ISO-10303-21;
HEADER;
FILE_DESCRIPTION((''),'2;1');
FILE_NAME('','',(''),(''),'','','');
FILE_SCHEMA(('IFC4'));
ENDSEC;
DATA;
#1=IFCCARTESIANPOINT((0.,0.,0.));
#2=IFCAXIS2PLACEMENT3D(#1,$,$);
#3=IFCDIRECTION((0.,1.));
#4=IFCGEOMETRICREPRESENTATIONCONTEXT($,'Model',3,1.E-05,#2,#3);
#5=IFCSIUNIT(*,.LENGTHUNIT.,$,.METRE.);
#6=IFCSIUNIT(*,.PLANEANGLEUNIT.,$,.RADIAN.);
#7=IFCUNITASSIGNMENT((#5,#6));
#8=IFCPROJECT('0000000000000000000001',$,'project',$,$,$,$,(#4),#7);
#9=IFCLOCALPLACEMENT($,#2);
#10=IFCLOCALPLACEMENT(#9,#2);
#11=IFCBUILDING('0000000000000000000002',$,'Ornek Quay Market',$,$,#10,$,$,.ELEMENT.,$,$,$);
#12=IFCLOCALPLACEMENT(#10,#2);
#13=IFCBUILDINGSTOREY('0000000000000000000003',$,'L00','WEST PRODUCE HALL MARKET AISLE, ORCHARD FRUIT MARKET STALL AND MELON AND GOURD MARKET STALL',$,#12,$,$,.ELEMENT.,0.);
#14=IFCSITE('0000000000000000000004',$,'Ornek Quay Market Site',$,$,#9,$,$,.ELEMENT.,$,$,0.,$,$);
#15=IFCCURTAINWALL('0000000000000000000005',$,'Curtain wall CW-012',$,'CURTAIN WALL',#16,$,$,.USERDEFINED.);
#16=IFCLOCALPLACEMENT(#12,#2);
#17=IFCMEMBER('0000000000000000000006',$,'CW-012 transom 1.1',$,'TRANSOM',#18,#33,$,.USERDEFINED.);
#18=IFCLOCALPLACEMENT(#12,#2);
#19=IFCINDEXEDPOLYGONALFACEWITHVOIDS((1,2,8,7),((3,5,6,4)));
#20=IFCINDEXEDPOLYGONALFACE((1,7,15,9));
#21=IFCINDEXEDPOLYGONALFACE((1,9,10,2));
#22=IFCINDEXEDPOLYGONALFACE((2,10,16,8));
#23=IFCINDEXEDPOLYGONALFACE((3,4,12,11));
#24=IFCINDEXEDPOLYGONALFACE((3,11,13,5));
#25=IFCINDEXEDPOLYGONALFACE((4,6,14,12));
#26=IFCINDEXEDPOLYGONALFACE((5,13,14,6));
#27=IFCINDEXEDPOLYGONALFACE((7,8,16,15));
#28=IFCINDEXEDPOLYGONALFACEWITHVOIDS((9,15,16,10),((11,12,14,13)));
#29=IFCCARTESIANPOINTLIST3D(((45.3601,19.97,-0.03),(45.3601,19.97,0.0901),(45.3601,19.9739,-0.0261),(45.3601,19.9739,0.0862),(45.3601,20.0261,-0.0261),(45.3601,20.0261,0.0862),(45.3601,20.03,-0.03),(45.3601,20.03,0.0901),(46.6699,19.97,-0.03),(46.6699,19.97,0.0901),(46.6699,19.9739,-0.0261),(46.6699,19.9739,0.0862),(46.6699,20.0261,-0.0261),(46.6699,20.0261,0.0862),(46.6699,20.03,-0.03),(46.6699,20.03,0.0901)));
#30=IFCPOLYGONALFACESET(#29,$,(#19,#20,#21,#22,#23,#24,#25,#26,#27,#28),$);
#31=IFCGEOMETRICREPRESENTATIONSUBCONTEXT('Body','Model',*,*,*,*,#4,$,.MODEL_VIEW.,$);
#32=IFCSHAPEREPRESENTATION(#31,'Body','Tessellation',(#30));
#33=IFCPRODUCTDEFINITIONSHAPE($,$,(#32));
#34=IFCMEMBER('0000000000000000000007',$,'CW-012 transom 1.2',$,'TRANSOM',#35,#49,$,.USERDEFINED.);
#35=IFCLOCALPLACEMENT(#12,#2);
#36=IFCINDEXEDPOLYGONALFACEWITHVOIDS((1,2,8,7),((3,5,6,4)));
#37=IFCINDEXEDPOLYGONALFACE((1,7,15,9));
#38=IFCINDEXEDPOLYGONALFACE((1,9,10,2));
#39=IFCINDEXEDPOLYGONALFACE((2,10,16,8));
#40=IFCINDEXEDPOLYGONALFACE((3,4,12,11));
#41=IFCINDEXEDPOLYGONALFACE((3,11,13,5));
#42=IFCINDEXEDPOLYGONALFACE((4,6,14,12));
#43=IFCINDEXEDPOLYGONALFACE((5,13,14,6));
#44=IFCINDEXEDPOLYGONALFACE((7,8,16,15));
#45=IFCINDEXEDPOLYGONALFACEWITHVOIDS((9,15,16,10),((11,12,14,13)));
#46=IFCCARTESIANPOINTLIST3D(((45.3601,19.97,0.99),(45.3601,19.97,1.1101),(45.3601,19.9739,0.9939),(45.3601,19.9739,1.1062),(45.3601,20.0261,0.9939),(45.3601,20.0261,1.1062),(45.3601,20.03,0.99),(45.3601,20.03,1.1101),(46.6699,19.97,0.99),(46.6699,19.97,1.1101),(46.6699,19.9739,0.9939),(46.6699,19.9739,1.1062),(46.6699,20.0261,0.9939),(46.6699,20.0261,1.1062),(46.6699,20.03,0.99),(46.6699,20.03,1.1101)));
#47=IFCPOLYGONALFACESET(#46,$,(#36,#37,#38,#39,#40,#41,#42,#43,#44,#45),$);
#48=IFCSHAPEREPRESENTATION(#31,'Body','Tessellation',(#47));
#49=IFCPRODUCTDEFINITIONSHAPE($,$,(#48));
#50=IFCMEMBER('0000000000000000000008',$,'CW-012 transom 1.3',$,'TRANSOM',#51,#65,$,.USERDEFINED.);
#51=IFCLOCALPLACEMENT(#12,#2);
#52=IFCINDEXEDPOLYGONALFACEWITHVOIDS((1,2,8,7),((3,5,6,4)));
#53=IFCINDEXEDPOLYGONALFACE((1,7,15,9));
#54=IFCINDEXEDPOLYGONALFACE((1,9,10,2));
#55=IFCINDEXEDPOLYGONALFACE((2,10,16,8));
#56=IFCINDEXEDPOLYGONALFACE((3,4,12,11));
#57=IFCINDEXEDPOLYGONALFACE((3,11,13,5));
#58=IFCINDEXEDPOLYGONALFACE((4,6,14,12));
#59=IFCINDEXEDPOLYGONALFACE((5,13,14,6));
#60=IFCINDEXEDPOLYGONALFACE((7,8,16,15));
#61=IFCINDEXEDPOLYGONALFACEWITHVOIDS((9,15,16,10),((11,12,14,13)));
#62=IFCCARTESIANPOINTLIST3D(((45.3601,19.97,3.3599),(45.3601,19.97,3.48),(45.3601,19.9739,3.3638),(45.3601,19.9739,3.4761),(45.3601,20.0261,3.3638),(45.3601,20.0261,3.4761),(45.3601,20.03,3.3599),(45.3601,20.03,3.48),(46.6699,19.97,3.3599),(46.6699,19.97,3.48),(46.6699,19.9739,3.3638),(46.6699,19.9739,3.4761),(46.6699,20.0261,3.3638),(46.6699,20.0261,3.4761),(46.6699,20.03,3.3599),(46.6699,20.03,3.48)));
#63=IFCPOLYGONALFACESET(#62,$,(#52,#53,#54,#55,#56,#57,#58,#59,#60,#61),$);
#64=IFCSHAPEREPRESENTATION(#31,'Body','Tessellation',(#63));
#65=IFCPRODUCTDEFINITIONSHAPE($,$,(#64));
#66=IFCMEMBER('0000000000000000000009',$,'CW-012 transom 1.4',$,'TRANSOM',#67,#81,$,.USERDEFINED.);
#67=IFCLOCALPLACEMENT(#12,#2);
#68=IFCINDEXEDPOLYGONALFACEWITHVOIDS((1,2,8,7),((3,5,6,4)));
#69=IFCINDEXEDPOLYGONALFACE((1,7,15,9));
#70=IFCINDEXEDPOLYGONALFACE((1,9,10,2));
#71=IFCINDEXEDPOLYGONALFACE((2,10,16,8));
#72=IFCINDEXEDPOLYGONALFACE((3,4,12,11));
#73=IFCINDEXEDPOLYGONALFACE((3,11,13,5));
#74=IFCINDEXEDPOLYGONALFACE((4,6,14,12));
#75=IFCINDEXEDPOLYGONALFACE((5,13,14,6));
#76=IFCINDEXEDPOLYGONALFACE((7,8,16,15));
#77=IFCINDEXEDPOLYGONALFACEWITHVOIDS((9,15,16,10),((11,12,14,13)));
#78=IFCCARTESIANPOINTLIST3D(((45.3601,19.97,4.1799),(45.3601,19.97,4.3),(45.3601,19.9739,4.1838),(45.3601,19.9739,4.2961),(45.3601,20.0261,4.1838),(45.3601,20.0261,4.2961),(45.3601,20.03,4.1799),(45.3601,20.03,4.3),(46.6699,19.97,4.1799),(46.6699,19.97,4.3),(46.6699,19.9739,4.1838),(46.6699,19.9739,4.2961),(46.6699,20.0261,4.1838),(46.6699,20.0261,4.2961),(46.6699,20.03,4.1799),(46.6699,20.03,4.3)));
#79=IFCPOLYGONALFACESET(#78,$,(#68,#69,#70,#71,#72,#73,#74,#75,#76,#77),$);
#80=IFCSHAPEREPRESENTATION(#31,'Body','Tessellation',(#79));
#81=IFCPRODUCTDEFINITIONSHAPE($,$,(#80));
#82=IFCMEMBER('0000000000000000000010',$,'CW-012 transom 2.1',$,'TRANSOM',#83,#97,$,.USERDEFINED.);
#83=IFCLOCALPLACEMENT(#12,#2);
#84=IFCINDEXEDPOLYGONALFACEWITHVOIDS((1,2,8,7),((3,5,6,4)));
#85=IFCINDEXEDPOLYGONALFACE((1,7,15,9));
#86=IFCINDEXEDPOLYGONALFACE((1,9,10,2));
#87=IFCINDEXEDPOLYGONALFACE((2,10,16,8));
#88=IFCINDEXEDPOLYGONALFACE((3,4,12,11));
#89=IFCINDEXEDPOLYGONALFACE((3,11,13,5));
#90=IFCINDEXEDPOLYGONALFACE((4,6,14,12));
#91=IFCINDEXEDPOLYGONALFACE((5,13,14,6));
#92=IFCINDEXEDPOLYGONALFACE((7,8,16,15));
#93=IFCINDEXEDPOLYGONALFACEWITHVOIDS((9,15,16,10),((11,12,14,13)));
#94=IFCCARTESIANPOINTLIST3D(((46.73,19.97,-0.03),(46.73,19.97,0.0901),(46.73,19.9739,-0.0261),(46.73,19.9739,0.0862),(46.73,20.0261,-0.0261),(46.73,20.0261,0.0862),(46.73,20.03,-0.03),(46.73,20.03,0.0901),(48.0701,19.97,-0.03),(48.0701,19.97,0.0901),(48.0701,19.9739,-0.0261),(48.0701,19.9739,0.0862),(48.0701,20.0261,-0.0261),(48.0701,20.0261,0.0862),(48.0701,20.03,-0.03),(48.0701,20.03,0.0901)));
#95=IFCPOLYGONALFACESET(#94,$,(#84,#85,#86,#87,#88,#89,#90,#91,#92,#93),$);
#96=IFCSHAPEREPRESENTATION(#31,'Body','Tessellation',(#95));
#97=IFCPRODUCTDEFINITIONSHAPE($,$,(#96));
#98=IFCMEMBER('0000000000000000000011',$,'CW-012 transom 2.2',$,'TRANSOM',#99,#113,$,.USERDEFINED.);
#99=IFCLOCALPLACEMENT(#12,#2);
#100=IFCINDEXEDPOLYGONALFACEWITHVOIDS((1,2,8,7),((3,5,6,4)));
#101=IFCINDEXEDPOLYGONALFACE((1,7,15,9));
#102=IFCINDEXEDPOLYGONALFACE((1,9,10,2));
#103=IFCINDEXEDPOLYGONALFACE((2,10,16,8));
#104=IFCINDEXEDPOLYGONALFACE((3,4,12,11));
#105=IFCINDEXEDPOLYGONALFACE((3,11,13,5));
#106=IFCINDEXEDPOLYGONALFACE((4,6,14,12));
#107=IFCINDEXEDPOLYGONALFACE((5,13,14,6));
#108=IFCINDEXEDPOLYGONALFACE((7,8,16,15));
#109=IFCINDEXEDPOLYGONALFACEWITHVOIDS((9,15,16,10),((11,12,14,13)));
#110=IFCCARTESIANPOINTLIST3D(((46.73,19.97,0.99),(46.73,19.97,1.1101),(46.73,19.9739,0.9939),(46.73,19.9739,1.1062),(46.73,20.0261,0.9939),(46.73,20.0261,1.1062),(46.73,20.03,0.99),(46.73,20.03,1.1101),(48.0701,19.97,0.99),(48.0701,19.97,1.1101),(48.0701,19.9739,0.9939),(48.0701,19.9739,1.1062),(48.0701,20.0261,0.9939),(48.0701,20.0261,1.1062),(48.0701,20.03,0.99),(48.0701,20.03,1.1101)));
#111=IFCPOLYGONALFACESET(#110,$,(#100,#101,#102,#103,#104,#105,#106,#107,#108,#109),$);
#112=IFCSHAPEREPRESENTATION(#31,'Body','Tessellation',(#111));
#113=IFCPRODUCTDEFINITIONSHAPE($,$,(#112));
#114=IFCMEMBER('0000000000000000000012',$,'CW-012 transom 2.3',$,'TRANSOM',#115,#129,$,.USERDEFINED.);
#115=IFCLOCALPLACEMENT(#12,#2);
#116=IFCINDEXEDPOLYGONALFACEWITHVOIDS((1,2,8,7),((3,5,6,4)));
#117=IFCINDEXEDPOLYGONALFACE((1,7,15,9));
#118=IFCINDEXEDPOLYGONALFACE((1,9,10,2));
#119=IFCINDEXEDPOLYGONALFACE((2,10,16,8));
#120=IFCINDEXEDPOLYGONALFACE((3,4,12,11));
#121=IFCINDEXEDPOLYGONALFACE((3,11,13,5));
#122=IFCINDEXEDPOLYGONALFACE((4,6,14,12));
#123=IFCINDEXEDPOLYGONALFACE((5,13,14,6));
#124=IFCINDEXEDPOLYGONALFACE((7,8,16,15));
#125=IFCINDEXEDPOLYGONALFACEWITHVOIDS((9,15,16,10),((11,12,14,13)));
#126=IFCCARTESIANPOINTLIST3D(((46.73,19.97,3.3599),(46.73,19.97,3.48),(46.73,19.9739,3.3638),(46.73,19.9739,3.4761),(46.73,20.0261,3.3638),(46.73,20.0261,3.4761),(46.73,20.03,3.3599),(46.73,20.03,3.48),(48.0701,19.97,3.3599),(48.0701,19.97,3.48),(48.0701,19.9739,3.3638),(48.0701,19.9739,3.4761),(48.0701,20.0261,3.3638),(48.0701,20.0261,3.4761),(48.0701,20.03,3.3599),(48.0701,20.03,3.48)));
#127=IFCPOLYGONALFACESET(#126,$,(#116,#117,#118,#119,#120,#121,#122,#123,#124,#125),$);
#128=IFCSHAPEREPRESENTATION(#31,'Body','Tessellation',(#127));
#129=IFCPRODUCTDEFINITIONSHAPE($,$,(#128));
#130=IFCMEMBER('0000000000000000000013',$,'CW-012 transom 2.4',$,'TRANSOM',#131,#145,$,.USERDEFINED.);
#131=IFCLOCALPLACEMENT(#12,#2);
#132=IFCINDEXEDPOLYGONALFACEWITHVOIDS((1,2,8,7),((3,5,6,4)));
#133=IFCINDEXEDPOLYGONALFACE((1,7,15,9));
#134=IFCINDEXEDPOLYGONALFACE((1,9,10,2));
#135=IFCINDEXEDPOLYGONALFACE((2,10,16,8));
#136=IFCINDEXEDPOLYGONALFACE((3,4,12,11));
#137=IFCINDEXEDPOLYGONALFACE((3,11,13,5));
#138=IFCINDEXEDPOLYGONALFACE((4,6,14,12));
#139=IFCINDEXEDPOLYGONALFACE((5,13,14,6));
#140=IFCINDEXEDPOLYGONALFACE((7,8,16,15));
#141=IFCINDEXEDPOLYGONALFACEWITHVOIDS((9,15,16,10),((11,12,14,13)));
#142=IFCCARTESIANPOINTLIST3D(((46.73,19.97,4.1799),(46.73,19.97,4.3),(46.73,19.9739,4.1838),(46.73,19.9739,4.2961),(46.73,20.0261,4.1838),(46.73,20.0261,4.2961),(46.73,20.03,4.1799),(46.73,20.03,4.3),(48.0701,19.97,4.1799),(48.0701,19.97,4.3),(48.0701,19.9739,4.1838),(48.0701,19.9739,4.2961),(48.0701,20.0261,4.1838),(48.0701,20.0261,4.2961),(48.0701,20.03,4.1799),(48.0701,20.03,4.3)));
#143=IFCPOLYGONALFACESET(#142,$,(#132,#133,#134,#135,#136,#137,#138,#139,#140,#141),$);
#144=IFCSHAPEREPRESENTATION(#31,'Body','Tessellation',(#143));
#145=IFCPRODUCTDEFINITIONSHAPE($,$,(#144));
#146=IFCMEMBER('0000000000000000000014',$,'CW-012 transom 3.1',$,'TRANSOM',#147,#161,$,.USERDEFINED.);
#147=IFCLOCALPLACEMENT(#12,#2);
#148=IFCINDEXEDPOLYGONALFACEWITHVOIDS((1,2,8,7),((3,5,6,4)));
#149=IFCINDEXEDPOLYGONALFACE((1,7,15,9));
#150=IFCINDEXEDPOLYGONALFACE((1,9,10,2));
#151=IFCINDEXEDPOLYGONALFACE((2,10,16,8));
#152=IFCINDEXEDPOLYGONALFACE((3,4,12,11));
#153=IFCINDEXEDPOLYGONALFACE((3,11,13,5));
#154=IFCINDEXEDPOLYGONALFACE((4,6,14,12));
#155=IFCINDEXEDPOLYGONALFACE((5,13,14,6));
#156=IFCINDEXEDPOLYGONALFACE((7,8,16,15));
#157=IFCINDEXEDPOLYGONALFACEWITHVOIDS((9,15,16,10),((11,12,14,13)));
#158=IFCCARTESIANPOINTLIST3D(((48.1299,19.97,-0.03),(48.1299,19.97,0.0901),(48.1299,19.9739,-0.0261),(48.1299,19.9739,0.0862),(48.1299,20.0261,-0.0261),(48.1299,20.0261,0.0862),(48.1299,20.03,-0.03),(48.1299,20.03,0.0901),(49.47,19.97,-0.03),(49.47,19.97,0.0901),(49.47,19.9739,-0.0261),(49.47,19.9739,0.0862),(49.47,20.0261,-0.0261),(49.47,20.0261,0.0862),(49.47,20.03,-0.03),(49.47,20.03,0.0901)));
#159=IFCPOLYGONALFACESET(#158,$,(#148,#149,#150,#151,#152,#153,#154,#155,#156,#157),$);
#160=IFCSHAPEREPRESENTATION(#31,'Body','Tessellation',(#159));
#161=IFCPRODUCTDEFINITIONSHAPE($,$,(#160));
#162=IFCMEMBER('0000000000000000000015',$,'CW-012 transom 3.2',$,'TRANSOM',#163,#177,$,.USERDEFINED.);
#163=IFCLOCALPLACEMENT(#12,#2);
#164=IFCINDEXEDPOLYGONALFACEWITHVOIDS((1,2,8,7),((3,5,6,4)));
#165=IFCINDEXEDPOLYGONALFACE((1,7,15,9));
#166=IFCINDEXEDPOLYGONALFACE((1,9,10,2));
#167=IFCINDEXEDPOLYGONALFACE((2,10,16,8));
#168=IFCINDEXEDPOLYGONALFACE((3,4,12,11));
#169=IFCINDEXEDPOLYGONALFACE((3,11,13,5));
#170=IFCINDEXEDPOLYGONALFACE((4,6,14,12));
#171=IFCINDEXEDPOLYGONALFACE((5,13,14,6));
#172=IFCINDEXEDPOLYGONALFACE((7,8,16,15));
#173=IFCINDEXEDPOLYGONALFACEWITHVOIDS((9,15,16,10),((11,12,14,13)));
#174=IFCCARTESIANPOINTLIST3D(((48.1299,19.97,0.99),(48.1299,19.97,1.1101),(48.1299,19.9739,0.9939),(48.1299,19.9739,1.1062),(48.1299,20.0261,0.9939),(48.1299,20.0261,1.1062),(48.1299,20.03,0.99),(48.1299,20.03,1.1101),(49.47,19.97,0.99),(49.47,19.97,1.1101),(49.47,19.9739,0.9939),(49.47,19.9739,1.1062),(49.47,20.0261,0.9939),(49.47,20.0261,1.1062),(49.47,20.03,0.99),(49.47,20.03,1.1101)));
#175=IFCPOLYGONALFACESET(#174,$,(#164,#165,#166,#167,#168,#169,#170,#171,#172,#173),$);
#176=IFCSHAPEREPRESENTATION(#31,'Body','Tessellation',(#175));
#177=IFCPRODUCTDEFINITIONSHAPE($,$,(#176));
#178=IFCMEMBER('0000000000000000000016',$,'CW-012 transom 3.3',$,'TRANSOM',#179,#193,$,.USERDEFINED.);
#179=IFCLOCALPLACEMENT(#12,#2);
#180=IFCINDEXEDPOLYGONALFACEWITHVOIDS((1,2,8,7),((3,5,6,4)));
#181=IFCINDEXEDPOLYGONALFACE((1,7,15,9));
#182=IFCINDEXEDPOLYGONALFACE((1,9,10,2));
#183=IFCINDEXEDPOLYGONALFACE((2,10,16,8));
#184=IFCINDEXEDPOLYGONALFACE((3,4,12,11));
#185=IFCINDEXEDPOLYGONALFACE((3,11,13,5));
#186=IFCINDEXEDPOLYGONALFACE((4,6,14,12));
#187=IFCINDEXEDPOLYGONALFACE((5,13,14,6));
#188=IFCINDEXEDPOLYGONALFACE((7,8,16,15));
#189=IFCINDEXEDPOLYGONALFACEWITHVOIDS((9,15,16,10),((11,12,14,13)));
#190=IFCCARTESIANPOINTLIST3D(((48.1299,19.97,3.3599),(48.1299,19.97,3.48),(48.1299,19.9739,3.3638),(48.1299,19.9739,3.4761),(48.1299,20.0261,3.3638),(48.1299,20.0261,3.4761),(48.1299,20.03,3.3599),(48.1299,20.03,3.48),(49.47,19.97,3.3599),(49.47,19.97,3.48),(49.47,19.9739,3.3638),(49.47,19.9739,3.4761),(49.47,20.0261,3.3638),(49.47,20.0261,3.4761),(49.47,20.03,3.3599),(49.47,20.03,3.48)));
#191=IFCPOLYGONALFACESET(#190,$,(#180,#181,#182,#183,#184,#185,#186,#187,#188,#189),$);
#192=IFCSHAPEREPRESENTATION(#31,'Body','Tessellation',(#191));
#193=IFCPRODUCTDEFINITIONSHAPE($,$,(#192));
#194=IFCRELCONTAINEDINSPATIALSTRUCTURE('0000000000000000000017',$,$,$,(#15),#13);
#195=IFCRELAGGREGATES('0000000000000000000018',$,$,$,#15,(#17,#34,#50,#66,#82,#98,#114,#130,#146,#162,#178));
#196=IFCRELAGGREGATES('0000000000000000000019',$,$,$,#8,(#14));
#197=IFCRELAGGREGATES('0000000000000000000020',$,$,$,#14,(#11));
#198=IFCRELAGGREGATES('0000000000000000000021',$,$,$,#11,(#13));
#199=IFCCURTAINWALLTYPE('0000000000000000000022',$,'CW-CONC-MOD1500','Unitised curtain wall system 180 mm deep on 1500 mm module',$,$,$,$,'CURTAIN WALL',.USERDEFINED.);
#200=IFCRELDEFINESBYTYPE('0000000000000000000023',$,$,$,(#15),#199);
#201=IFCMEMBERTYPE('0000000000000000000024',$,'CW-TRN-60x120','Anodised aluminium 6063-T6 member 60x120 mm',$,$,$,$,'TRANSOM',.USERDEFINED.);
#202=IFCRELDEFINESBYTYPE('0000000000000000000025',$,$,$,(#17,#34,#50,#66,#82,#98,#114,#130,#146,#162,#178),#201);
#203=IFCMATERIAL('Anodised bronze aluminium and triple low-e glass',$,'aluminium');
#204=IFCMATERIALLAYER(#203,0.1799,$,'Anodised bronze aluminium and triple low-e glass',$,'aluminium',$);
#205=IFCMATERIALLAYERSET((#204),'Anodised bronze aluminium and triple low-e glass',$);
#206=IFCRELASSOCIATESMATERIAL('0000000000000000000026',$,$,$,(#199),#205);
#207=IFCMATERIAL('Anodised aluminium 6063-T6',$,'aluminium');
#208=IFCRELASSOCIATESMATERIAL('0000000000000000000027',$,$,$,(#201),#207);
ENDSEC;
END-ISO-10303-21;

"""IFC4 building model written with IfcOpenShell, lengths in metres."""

from ifc_helpers import new_model, si_unit, direction, frame, origin, origin_2d, place, context, subcontext, project, spatial, hollow_rectangle, extrude, material, layer, layer_set, material_profile, profile_set, type_object, element, aggregate, save


model = new_model("IFC4")

# Units and contexts
model_context = context("Model", 3, precision=1e-05, world=origin(), true_north=direction((0.0, 1.0)))
body_context = subcontext(model_context, "Body", "Model", "MODEL_VIEW")
ifc_project = project(units=[si_unit("LENGTHUNIT", "METRE"), si_unit("PLANEANGLEUNIT", "RADIAN")], contexts=[model_context])

# Site, building, storey
site_placement = place(None, origin())
site = spatial("IfcSite", under=ifc_project, at=site_placement, Name="Ornek Quay Market Site", CompositionType="ELEMENT", RefElevation=0.0)
building_placement = place(site_placement, origin())
building = spatial("IfcBuilding", under=site, at=building_placement, Name="Ornek Quay Market", CompositionType="ELEMENT")
storey_placement = place(building_placement, origin())
storey = spatial("IfcBuildingStorey", under=building, at=storey_placement, Name="L00", Description="WEST PRODUCE HALL MARKET AISLE, ORCHARD FRUIT MARKET STALL AND MELON AND GOURD MARKET STALL", CompositionType="ELEMENT", Elevation=0.0)

# Curtain wall, members
ifc_material_1 = material(Name="Anodised bronze aluminium and triple low-e glass", Category="aluminium")
ifc_layer_1 = layer(ifc_material_1, 0.1799, Name="Anodised bronze aluminium and triple low-e glass", Category="aluminium")
ifc_layer_set_1 = layer_set([ifc_layer_1], Name="Anodised bronze aluminium and triple low-e glass")
curtain_wall_type = type_object("IfcCurtainWallType", Name="CW-CONC-MOD1500", Description="Unitised curtain wall system 180 mm deep on 1500 mm module", ElementType="CURTAIN WALL", PredefinedType="USERDEFINED", material=ifc_layer_set_1)
curtain_wall_placement = place(storey_placement, origin())
curtain_wall = element("IfcCurtainWall", 1, at=curtain_wall_placement, inside=storey, type_object=curtain_wall_type, Name="Curtain wall CW-012", ObjectType="CURTAIN WALL", PredefinedType="USERDEFINED")
ifc_material_2 = material(Name="Anodised aluminium 6063-T6", Category="aluminium")
ifc_material_profile_1 = material_profile(ifc_material_2, hollow_rectangle(XDim=0.0601, YDim=0.1201, WallThickness=0.0039, at=origin_2d()), Name="CW-TRN-60x120", Category="aluminium")
ifc_profile_set_1 = profile_set([ifc_material_profile_1], Name="Anodised aluminium 6063-T6")
member_type_1 = type_object("IfcMemberType", Name="CW-TRN-60x120", Description="Anodised aluminium 6063-T6 member 60x120 mm", ElementType="TRANSOM", PredefinedType="USERDEFINED", material=ifc_profile_set_1)
member_1_placement = place(storey_placement, frame((45.3601, 20.0, 0.03), z_axis=(1.0, 0.0, 0.0), x_axis=(0.0, 1.0, 0.0)))
member_1 = element("IfcMember", 2, at=member_1_placement, type_object=member_type_1, Name="CW-012 transom 1.1", ObjectType="TRANSOM", PredefinedType="USERDEFINED", context=body_context, shape_type="SweptSolid", body=[
    extrude(hollow_rectangle(XDim=0.0601, YDim=0.1201, WallThickness=0.0039, at=origin_2d()), origin(), (0.0, 0.0, 1.0), 1.3098),
])
member_2_placement = place(storey_placement, frame((45.3601, 20.0, 1.05), z_axis=(1.0, 0.0, 0.0), x_axis=(0.0, 1.0, 0.0)))
member_2 = element("IfcMember", 3, at=member_2_placement, type_object=member_type_1, Name="CW-012 transom 1.2", ObjectType="TRANSOM", PredefinedType="USERDEFINED", context=body_context, shape_type="SweptSolid", body=[
    extrude(hollow_rectangle(XDim=0.0601, YDim=0.1201, WallThickness=0.0039, at=origin_2d()), origin(), (0.0, 0.0, 1.0), 1.3098),
])
member_3_placement = place(storey_placement, frame((45.3601, 20.0, 3.4199), z_axis=(1.0, 0.0, 0.0), x_axis=(0.0, 1.0, 0.0)))
member_3 = element("IfcMember", 4, at=member_3_placement, type_object=member_type_1, Name="CW-012 transom 1.3", ObjectType="TRANSOM", PredefinedType="USERDEFINED", context=body_context, shape_type="SweptSolid", body=[
    extrude(hollow_rectangle(XDim=0.0601, YDim=0.1201, WallThickness=0.0039, at=origin_2d()), origin(), (0.0, 0.0, 1.0), 1.3098),
])
member_4_placement = place(storey_placement, frame((45.3601, 20.0, 4.24), z_axis=(1.0, 0.0, 0.0), x_axis=(0.0, 1.0, 0.0)))
member_4 = element("IfcMember", 5, at=member_4_placement, type_object=member_type_1, Name="CW-012 transom 1.4", ObjectType="TRANSOM", PredefinedType="USERDEFINED", context=body_context, shape_type="SweptSolid", body=[
    extrude(hollow_rectangle(XDim=0.0601, YDim=0.1201, WallThickness=0.0039, at=origin_2d()), origin(), (0.0, 0.0, 1.0), 1.3098),
])
member_5_placement = place(storey_placement, frame((46.73, 20.0, 0.03), z_axis=(1.0, 0.0, 0.0), x_axis=(0.0, 1.0, 0.0)))
member_5 = element("IfcMember", 6, at=member_5_placement, type_object=member_type_1, Name="CW-012 transom 2.1", ObjectType="TRANSOM", PredefinedType="USERDEFINED", context=body_context, shape_type="SweptSolid", body=[
    extrude(hollow_rectangle(XDim=0.0601, YDim=0.1201, WallThickness=0.0039, at=origin_2d()), origin(), (0.0, 0.0, 1.0), 1.3401),
])
member_6_placement = place(storey_placement, frame((46.73, 20.0, 1.05), z_axis=(1.0, 0.0, 0.0), x_axis=(0.0, 1.0, 0.0)))
member_6 = element("IfcMember", 7, at=member_6_placement, type_object=member_type_1, Name="CW-012 transom 2.2", ObjectType="TRANSOM", PredefinedType="USERDEFINED", context=body_context, shape_type="SweptSolid", body=[
    extrude(hollow_rectangle(XDim=0.0601, YDim=0.1201, WallThickness=0.0039, at=origin_2d()), origin(), (0.0, 0.0, 1.0), 1.3401),
])
member_7_placement = place(storey_placement, frame((46.73, 20.0, 3.4199), z_axis=(1.0, 0.0, 0.0), x_axis=(0.0, 1.0, 0.0)))
member_7 = element("IfcMember", 8, at=member_7_placement, type_object=member_type_1, Name="CW-012 transom 2.3", ObjectType="TRANSOM", PredefinedType="USERDEFINED", context=body_context, shape_type="SweptSolid", body=[
    extrude(hollow_rectangle(XDim=0.0601, YDim=0.1201, WallThickness=0.0039, at=origin_2d()), origin(), (0.0, 0.0, 1.0), 1.3401),
])
member_8_placement = place(storey_placement, frame((46.73, 20.0, 4.24), z_axis=(1.0, 0.0, 0.0), x_axis=(0.0, 1.0, 0.0)))
member_8 = element("IfcMember", 9, at=member_8_placement, type_object=member_type_1, Name="CW-012 transom 2.4", ObjectType="TRANSOM", PredefinedType="USERDEFINED", context=body_context, shape_type="SweptSolid", body=[
    extrude(hollow_rectangle(XDim=0.0601, YDim=0.1201, WallThickness=0.0039, at=origin_2d()), origin(), (0.0, 0.0, 1.0), 1.3401),
])
member_9_placement = place(storey_placement, frame((48.1299, 20.0, 0.03), z_axis=(1.0, 0.0, 0.0), x_axis=(0.0, 1.0, 0.0)))
member_9 = element("IfcMember", 10, at=member_9_placement, type_object=member_type_1, Name="CW-012 transom 3.1", ObjectType="TRANSOM", PredefinedType="USERDEFINED", context=body_context, shape_type="SweptSolid", body=[
    extrude(hollow_rectangle(XDim=0.0601, YDim=0.1201, WallThickness=0.0039, at=origin_2d()), origin(), (0.0, 0.0, 1.0), 1.3401),
])
member_10_placement = place(storey_placement, frame((48.1299, 20.0, 1.05), z_axis=(1.0, 0.0, 0.0), x_axis=(0.0, 1.0, 0.0)))
member_10 = element("IfcMember", 11, at=member_10_placement, type_object=member_type_1, Name="CW-012 transom 3.2", ObjectType="TRANSOM", PredefinedType="USERDEFINED", context=body_context, shape_type="SweptSolid", body=[
    extrude(hollow_rectangle(XDim=0.0601, YDim=0.1201, WallThickness=0.0039, at=origin_2d()), origin(), (0.0, 0.0, 1.0), 1.3401),
])
member_11_placement = place(storey_placement, frame((48.1299, 20.0, 3.4199), z_axis=(1.0, 0.0, 0.0), x_axis=(0.0, 1.0, 0.0)))
member_11 = element("IfcMember", 12, at=member_11_placement, type_object=member_type_1, Name="CW-012 transom 3.3", ObjectType="TRANSOM", PredefinedType="USERDEFINED", context=body_context, shape_type="SweptSolid", body=[
    extrude(hollow_rectangle(XDim=0.0601, YDim=0.1201, WallThickness=0.0039, at=origin_2d()), origin(), (0.0, 0.0, 1.0), 1.3401),
])
aggregate(curtain_wall, [member_1, member_2, member_3, member_4, member_5, member_6, member_7, member_8, member_9, member_10, member_11])

save(model, "model.ifc")
